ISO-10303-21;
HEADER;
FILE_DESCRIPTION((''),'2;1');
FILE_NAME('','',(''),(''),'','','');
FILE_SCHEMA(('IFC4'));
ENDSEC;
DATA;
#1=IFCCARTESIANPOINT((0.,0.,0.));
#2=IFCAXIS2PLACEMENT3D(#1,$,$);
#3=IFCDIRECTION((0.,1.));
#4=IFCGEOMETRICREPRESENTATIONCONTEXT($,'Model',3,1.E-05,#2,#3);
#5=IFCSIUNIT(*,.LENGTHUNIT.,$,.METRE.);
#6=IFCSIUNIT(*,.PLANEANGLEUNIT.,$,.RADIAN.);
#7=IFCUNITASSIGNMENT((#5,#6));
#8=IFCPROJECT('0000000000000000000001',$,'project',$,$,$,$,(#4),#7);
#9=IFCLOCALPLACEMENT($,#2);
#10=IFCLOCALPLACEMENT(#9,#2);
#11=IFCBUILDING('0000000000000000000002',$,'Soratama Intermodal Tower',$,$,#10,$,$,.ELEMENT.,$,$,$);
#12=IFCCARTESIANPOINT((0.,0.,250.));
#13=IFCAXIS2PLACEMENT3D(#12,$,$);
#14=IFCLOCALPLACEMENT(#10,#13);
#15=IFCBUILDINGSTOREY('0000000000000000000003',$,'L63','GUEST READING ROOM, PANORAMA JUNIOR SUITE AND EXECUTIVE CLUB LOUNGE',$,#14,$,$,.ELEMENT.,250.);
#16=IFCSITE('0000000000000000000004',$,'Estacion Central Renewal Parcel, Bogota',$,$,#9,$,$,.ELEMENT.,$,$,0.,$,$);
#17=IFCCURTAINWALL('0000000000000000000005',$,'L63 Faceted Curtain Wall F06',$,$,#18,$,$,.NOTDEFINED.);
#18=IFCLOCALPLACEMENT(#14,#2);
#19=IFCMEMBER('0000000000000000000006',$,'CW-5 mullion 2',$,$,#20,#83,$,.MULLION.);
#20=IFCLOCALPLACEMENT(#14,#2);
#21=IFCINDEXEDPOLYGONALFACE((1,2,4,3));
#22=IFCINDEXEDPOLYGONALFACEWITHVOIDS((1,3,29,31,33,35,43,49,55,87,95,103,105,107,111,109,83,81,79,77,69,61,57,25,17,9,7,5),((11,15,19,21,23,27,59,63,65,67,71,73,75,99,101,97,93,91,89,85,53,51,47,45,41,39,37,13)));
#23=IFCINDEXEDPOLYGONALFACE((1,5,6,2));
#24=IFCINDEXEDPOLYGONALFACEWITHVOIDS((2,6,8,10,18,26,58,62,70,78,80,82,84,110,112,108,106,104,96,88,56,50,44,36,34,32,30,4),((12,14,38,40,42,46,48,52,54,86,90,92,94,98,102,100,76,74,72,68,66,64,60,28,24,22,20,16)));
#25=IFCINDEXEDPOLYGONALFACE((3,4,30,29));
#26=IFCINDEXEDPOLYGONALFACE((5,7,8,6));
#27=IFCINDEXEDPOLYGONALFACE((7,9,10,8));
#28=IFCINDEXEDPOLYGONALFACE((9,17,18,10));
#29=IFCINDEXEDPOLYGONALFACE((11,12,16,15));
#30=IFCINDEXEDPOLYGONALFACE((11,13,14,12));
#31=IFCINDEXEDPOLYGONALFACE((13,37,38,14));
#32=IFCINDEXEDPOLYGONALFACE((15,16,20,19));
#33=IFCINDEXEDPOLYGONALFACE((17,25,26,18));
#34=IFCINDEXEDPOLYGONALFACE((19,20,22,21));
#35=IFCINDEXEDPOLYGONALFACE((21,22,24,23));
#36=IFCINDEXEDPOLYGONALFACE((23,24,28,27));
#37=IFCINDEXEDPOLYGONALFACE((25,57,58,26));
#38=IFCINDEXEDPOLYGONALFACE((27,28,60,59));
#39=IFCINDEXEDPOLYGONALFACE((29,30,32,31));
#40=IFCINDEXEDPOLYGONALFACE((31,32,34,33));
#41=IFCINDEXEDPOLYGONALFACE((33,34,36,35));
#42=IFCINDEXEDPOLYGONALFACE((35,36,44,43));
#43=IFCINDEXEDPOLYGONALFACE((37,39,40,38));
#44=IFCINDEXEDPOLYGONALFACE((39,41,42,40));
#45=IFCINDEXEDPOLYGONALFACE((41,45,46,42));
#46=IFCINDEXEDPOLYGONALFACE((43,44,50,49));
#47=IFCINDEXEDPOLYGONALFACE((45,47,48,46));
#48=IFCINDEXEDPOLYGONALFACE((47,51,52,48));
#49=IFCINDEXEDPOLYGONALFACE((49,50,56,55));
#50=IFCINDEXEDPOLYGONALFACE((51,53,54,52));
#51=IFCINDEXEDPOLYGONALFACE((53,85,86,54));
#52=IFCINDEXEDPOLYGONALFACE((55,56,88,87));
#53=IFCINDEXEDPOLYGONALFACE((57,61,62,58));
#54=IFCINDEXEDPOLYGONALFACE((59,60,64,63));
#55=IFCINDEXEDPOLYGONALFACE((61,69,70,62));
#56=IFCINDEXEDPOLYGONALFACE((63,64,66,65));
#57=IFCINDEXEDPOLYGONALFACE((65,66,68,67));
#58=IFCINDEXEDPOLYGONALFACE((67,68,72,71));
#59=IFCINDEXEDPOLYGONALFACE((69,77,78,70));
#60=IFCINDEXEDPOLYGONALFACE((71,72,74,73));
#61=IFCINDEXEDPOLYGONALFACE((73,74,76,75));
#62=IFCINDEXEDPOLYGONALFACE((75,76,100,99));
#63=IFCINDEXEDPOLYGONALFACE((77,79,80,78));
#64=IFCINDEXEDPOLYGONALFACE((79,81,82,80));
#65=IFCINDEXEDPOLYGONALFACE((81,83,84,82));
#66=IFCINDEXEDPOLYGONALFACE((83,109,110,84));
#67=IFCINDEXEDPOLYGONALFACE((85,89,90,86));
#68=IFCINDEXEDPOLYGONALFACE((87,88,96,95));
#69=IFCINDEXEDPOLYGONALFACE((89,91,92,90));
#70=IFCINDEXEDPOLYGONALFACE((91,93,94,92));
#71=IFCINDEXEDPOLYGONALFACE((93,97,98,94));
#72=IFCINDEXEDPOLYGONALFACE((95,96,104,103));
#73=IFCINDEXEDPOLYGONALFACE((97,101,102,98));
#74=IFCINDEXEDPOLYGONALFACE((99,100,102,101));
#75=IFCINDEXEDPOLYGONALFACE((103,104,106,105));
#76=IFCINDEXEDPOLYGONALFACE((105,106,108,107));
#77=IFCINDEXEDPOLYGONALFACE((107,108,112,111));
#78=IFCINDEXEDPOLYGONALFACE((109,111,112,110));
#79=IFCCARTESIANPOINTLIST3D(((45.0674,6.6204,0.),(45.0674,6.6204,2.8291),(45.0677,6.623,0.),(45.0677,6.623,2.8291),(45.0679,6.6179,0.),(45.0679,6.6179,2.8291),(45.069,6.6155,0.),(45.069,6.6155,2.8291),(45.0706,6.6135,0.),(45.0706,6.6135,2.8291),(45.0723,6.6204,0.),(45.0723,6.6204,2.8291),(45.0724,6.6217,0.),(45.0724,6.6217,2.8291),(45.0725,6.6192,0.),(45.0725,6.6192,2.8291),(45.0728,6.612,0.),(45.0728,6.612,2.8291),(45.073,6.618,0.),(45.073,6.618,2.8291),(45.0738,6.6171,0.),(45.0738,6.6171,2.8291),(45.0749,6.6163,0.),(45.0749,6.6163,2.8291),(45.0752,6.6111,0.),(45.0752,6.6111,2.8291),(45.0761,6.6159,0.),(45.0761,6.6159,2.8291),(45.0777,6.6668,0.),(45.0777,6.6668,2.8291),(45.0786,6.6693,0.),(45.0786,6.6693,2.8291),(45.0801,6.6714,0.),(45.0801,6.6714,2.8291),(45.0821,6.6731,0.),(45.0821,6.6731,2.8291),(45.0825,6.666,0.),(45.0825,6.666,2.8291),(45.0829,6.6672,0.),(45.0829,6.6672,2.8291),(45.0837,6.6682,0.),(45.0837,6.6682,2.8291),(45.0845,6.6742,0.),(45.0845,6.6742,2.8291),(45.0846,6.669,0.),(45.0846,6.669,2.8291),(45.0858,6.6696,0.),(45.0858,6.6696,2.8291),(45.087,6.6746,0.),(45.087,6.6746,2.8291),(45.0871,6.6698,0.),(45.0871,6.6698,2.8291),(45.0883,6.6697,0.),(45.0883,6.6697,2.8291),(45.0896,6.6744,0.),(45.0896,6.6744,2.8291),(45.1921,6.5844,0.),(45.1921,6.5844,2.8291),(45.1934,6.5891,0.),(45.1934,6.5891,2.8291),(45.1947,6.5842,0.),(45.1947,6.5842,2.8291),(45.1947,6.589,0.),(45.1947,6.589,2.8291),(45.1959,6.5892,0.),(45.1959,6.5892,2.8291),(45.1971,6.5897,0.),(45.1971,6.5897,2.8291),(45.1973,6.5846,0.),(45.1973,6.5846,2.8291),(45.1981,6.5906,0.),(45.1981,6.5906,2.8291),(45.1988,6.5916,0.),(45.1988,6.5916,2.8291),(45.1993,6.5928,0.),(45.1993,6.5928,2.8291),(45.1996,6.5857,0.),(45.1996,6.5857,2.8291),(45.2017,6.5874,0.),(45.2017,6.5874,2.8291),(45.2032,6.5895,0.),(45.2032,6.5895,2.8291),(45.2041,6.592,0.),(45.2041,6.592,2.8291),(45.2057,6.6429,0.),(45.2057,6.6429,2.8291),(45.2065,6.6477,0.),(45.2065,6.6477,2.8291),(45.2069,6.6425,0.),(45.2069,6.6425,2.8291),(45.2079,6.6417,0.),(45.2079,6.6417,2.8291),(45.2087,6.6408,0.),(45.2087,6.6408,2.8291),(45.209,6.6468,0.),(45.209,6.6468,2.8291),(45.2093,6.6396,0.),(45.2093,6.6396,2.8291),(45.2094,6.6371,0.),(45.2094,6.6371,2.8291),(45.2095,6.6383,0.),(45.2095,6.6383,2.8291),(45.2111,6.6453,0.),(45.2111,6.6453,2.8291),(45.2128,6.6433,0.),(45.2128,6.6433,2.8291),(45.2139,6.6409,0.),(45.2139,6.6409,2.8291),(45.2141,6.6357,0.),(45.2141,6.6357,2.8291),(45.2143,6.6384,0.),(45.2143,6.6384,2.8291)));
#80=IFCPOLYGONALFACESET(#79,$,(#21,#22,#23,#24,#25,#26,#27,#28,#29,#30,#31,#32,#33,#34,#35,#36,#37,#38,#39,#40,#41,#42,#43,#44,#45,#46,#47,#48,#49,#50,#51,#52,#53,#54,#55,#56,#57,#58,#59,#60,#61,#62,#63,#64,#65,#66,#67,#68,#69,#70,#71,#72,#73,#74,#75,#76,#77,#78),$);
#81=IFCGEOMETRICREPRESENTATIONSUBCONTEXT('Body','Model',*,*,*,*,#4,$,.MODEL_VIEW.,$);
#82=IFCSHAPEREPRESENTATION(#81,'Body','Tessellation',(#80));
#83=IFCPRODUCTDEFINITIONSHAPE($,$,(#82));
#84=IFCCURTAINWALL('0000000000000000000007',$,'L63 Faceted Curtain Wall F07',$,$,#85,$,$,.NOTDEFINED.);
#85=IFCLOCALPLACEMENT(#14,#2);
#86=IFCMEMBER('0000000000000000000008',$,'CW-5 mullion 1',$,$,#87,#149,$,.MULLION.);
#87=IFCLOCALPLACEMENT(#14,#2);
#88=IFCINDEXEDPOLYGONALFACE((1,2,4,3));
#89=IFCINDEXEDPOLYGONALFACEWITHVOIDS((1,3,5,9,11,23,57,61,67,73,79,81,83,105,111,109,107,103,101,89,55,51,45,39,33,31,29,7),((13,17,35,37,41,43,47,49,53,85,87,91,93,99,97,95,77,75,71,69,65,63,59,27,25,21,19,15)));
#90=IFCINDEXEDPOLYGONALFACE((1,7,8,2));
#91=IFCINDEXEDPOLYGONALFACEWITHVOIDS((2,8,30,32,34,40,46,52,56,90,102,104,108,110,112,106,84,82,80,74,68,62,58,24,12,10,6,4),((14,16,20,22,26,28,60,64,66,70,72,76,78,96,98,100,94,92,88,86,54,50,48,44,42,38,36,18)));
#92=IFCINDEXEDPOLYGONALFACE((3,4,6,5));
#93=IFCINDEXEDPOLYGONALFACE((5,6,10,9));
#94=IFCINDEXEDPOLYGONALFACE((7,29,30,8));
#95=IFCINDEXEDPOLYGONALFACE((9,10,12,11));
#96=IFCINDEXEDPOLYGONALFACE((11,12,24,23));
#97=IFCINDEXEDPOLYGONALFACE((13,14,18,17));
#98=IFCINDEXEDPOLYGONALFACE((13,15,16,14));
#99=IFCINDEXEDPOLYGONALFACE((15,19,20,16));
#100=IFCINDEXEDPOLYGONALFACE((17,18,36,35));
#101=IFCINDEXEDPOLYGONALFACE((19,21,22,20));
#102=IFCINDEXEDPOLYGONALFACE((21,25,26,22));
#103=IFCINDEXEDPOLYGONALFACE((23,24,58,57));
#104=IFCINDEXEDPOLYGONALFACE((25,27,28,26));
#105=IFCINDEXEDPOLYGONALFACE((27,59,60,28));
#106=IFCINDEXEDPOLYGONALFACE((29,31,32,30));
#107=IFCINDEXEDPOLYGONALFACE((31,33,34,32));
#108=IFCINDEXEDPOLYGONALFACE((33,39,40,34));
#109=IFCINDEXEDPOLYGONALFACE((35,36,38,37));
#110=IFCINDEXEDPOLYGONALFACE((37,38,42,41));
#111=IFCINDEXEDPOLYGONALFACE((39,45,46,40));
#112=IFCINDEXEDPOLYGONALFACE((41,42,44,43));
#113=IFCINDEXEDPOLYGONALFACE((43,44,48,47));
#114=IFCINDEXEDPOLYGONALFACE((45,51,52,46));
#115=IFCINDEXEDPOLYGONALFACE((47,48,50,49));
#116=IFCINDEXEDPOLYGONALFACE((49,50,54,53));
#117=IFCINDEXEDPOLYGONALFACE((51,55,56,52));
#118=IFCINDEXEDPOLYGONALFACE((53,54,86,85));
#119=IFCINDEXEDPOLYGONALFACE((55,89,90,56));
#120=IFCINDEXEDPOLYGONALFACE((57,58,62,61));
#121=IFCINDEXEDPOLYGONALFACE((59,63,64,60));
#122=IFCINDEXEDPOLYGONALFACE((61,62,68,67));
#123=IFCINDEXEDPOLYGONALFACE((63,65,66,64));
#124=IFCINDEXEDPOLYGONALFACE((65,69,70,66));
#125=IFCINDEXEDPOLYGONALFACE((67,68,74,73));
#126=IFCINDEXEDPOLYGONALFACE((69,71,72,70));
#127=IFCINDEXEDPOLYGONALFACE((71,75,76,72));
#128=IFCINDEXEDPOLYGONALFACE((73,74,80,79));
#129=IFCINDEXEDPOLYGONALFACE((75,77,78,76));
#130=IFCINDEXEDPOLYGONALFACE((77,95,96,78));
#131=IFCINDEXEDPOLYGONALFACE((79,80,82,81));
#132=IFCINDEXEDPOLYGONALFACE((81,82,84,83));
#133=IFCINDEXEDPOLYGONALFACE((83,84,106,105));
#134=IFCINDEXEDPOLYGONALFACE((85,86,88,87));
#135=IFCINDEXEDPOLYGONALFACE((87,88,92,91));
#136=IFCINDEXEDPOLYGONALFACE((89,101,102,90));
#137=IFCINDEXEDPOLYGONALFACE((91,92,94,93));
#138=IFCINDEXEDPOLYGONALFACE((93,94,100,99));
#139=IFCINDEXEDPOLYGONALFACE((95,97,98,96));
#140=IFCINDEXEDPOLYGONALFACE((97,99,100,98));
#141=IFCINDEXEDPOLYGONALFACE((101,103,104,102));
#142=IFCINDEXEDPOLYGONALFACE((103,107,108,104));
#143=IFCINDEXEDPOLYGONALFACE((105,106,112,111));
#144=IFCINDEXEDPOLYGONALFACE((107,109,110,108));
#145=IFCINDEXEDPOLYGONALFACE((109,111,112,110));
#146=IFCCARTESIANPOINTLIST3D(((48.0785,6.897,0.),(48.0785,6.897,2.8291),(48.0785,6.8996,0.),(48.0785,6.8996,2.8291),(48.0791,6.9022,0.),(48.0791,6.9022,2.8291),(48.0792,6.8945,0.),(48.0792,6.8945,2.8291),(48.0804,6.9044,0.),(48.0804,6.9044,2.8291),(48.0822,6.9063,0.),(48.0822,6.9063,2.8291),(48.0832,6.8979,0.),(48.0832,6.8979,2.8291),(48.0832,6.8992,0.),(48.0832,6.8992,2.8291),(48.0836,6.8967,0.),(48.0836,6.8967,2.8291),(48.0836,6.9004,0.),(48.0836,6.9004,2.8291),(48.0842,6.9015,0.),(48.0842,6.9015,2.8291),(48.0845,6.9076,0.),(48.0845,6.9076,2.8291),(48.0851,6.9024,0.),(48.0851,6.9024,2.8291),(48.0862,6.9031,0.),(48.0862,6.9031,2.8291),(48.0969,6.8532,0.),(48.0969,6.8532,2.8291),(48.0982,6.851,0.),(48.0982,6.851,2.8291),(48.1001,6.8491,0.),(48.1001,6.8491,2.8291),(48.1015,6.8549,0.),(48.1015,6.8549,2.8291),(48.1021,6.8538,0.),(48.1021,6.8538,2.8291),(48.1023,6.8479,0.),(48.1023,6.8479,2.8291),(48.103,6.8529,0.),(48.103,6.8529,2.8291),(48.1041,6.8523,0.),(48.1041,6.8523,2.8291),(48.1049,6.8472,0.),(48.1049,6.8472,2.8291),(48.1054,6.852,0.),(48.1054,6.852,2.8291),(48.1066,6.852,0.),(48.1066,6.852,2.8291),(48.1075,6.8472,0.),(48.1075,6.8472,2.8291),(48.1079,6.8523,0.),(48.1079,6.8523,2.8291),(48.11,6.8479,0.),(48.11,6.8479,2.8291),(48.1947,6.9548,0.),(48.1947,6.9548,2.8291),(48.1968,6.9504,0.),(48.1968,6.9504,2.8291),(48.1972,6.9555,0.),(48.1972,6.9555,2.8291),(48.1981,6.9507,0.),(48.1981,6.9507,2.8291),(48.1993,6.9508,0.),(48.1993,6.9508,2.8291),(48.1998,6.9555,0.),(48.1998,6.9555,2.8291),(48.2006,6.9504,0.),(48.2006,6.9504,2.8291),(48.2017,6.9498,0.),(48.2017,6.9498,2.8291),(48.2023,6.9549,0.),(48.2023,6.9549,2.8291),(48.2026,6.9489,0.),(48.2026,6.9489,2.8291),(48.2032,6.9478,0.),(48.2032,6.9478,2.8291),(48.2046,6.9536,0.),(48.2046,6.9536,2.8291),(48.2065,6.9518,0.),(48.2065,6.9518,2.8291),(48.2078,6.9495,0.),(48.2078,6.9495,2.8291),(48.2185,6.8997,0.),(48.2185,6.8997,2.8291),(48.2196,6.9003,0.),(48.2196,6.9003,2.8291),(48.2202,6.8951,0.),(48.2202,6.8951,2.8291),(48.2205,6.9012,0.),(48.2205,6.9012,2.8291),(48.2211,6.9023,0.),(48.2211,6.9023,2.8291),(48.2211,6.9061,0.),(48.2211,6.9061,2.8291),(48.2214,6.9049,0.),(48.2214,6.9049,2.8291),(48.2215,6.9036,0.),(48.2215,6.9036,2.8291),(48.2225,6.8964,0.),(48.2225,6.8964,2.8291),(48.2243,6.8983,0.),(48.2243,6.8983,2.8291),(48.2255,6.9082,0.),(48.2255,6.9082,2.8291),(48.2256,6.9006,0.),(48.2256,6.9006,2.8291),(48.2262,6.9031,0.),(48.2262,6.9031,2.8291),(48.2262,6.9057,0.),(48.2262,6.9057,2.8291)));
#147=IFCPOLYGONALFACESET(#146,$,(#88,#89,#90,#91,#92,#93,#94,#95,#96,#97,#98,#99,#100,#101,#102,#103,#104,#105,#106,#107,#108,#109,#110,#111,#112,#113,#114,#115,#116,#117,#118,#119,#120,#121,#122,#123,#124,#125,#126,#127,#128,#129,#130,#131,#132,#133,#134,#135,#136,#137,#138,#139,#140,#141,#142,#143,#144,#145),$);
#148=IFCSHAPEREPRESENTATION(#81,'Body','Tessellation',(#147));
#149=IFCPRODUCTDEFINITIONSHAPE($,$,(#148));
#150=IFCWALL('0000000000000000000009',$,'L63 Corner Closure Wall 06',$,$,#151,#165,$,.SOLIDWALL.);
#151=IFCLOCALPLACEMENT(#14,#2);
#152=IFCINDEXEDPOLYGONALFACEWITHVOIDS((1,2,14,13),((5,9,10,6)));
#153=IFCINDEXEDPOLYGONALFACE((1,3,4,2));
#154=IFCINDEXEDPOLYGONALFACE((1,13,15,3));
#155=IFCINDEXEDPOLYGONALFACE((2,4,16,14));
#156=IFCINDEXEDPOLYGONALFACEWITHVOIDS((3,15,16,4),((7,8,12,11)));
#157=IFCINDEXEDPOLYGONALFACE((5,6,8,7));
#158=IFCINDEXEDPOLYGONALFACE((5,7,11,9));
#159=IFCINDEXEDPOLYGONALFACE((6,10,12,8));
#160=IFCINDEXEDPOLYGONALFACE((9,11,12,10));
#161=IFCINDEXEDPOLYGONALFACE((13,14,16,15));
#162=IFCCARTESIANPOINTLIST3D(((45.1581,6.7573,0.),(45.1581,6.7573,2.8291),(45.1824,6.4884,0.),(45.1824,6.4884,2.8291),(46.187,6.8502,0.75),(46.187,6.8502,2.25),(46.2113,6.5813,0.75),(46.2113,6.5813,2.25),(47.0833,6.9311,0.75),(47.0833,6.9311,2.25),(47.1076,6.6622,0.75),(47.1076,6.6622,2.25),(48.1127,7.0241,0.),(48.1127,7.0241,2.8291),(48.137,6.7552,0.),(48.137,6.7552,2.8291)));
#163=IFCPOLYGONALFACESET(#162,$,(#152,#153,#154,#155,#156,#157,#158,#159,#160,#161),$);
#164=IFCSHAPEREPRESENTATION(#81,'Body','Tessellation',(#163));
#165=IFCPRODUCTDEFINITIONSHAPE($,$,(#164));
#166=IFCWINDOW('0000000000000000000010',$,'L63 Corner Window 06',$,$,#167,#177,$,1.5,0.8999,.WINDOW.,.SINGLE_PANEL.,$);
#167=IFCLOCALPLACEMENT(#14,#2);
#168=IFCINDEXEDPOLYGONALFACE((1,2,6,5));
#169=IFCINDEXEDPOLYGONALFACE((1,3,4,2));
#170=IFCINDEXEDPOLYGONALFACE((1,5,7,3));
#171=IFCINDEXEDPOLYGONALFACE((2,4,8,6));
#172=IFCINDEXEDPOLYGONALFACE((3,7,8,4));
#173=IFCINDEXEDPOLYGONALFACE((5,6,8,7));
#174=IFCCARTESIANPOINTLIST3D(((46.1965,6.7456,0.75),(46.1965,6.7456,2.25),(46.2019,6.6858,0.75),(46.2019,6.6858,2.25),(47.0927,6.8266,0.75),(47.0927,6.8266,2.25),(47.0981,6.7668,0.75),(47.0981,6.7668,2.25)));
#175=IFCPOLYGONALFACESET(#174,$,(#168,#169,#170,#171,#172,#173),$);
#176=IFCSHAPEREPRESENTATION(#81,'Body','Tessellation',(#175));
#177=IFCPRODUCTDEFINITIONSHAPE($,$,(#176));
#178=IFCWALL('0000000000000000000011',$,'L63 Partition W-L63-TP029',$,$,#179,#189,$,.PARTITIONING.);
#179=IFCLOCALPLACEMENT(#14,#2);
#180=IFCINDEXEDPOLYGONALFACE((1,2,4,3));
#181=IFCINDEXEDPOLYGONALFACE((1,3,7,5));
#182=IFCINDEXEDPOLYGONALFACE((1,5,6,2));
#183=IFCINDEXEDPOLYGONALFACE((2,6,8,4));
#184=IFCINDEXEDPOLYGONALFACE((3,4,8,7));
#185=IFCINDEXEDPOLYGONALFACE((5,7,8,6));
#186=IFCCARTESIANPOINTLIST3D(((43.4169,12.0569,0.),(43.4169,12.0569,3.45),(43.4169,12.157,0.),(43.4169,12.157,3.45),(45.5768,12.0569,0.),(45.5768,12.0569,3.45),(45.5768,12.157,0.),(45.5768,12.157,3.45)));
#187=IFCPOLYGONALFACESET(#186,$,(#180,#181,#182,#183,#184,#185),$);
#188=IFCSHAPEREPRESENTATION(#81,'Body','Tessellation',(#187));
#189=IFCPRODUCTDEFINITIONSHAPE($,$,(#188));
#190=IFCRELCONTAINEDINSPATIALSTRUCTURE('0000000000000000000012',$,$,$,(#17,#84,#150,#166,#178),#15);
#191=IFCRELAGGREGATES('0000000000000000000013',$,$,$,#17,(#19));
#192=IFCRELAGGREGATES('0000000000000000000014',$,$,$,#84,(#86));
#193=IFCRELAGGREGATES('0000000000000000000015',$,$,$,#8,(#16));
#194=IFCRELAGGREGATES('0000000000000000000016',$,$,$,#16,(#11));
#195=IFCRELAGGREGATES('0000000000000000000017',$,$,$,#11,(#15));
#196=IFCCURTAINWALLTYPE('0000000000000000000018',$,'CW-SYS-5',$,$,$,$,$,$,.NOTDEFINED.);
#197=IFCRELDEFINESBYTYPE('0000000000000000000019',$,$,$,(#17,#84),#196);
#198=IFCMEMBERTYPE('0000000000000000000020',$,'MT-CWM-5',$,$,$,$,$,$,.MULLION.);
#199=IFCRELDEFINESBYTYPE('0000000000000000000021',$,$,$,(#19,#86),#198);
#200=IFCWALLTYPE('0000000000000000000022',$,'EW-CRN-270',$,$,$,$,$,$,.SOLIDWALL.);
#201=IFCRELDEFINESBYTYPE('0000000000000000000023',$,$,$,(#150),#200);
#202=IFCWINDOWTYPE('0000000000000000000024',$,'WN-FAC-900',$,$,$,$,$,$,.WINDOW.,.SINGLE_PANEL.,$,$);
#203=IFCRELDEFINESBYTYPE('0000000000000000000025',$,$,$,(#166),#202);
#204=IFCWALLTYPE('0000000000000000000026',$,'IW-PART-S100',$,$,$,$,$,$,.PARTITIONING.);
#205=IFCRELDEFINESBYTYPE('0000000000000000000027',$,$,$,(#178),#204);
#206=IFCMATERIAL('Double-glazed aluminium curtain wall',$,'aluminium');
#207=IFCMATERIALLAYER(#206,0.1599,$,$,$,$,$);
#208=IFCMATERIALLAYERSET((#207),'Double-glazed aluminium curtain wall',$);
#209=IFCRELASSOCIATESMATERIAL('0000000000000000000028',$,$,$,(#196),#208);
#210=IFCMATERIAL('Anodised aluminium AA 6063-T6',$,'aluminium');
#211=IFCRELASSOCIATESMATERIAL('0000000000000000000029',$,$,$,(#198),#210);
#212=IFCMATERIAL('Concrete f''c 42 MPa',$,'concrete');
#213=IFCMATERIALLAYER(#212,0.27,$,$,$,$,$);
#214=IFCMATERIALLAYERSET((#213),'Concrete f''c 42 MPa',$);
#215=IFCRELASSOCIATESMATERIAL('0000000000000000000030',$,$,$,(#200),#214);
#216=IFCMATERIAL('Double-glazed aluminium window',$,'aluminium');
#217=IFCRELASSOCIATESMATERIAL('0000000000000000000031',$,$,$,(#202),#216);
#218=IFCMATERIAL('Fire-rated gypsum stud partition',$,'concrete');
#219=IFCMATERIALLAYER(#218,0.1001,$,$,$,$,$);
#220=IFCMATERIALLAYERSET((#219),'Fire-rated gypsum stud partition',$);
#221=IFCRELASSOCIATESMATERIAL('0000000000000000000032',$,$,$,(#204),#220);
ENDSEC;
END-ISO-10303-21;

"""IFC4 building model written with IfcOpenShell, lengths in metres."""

from ifc_helpers import new_model, si_unit, direction, frame, frame_2d, origin, origin_2d, place, context, subcontext, project, spatial, rectangle, hollow_rectangle, extrude, material, layer, layer_set, material_profile, profile_set, type_object, element, fill, aggregate, save


model = new_model("IFC4")

# Units and contexts
model_context = context("Model", 3, precision=1e-05, world=origin(), true_north=direction((0.0, 1.0)))
body_context = subcontext(model_context, "Body", "Model", "MODEL_VIEW")
ifc_project = project(units=[si_unit("LENGTHUNIT", "METRE"), si_unit("PLANEANGLEUNIT", "RADIAN")], contexts=[model_context])

# Site, building, storey
site_placement = place(None, origin())
site = spatial("IfcSite", under=ifc_project, at=site_placement, Name="Estacion Central Renewal Parcel, Bogota", CompositionType="ELEMENT", RefElevation=0.0)
building_placement = place(site_placement, origin())
building = spatial("IfcBuilding", under=site, at=building_placement, Name="Soratama Intermodal Tower", CompositionType="ELEMENT")
storey_placement = place(building_placement, frame((0.0, 0.0, 250.0)))
storey = spatial("IfcBuildingStorey", under=building, at=storey_placement, Name="L63", Description="GUEST READING ROOM, PANORAMA JUNIOR SUITE AND EXECUTIVE CLUB LOUNGE", CompositionType="ELEMENT", Elevation=250.0)

# Curtain walls, members
ifc_material_1 = material(Name="Double-glazed aluminium curtain wall", Category="aluminium")
ifc_layer_1 = layer(ifc_material_1, 0.1599)
ifc_layer_set_1 = layer_set([ifc_layer_1], Name="Double-glazed aluminium curtain wall")
curtain_wall_type = type_object("IfcCurtainWallType", Name="CW-SYS-5", PredefinedType="NOTDEFINED", material=ifc_layer_set_1)
curtain_wall_1_placement = place(storey_placement, origin())
curtain_wall_1 = element("IfcCurtainWall", 1, at=curtain_wall_1_placement, inside=storey, type_object=curtain_wall_type, Name="L63 Faceted Curtain Wall F06", PredefinedType="NOTDEFINED")
ifc_material_2 = material(Name="Anodised aluminium AA 6063-T6", Category="aluminium")
ifc_material_profile_1 = material_profile(ifc_material_2, hollow_rectangle(XDim=0.0649, YDim=0.1399, WallThickness=0.0049, InnerFilletRadius=0.0049, OuterFilletRadius=0.01, at=origin_2d()), Name="CWM140X65X5")
ifc_profile_set_1 = profile_set([ifc_material_profile_1], Name="Anodised aluminium AA 6063-T6")
member_type = type_object("IfcMemberType", Name="MT-CWM-5", PredefinedType="MULLION", material=ifc_profile_set_1)
member_1_placement = place(storey_placement, frame((45.1409, 6.6294, 0.0), z_axis=(0.0, 0.0, 1.0), x_axis=(0.222228, 0.974995, 0.0)))
member_1 = element("IfcMember", 2, at=member_1_placement, type_object=member_type, Name="CW-5 mullion 2", PredefinedType="MULLION", context=body_context, shape_type="SweptSolid", body=[
    extrude(hollow_rectangle(XDim=0.0649, YDim=0.1399, WallThickness=0.0049, InnerFilletRadius=0.0049, OuterFilletRadius=0.01, at=origin_2d()), origin(), (0.0, 0.0, 1.0), 2.8291),
])
aggregate(curtain_wall_1, [member_1])
curtain_wall_2_placement = place(storey_placement, origin())
curtain_wall_2 = element("IfcCurtainWall", 3, at=curtain_wall_2_placement, inside=storey, type_object=curtain_wall_type, Name="L63 Faceted Curtain Wall F07", PredefinedType="NOTDEFINED")
member_2_placement = place(storey_placement, frame((48.1523, 6.9014, 0.0), z_axis=(0.0, 0.0, 1.0), x_axis=(-0.393299, 0.919411, 0.0)))
member_2 = element("IfcMember", 4, at=member_2_placement, type_object=member_type, Name="CW-5 mullion 1", PredefinedType="MULLION", context=body_context, shape_type="SweptSolid", body=[
    extrude(hollow_rectangle(XDim=0.0649, YDim=0.1399, WallThickness=0.0049, InnerFilletRadius=0.0049, OuterFilletRadius=0.01, at=origin_2d()), origin(), (0.0, 0.0, 1.0), 2.8291),
])
aggregate(curtain_wall_2, [member_2])

# Wall, opening, window
ifc_material_3 = material(Name="Concrete f'c 42 MPa", Category="concrete")
ifc_layer_2 = layer(ifc_material_3, 0.27)
ifc_layer_set_2 = layer_set([ifc_layer_2], Name="Concrete f'c 42 MPa")
wall_type_1 = type_object("IfcWallType", Name="EW-CRN-270", PredefinedType="SOLIDWALL", material=ifc_layer_set_2)
wall_1_placement = place(storey_placement, frame((45.1702, 6.6228, 0.0), z_axis=(0.0, 0.0, 1.0), x_axis=(0.995946, 0.08995, 0.0)))
wall_1 = element("IfcWall", 5, at=wall_1_placement, inside=storey, type_object=wall_type_1, Name="L63 Corner Closure Wall 06", PredefinedType="SOLIDWALL", context=body_context, shape_type="SweptSolid", body=[
    extrude(rectangle(XDim=2.9666, YDim=0.27, at=frame_2d((1.4834, 0.0))), origin(), (0.0, 0.0, 1.0), 2.8291),
])
opening_1_placement = place(wall_1_placement, frame((1.0332, 0.0, 0.75)))
opening_1 = element("IfcOpeningElement", 6, at=opening_1_placement, cuts=wall_1, PredefinedType="OPENING", context=body_context, shape_type="SweptSolid", body=[
    extrude(rectangle(XDim=0.8999, YDim=1.5, at=frame_2d((0.45, 0.75))), frame((0.0, 0.145, 0.0), z_axis=(0.0, -1.0, 0.0), x_axis=(1.0, 0.0, 0.0)), (0.0, 0.0, 1.0), 0.29),
])
ifc_material_4 = material(Name="Double-glazed aluminium window", Category="aluminium")
window_type = type_object("IfcWindowType", Name="WN-FAC-900", PartitioningType="SINGLE_PANEL", PredefinedType="WINDOW", material=ifc_material_4)
window_placement = place(opening_1_placement, origin())
window = element("IfcWindow", 7, at=window_placement, inside=storey, type_object=window_type, Name="L63 Corner Window 06", OverallHeight=1.5, OverallWidth=0.8999, PartitioningType="SINGLE_PANEL", PredefinedType="WINDOW", context=body_context, shape_type="SweptSolid", body=[
    extrude(rectangle(XDim=0.8999, YDim=1.5, at=frame_2d((0.45, 0.75))), frame((0.0, 0.03, 0.0), z_axis=(0.0, -1.0, 0.0), x_axis=(1.0, 0.0, 0.0)), (0.0, 0.0, 1.0), 0.0601),
])
fill(opening_1, window)

# Wall
ifc_material_5 = material(Name="Fire-rated gypsum stud partition", Category="concrete")
ifc_layer_3 = layer(ifc_material_5, 0.1001)
ifc_layer_set_3 = layer_set([ifc_layer_3], Name="Fire-rated gypsum stud partition")
wall_type_2 = type_object("IfcWallType", Name="IW-PART-S100", PredefinedType="PARTITIONING", material=ifc_layer_set_3)
wall_2_placement = place(storey_placement, frame((45.5769, 12.1069, 0.0), z_axis=(0.0, 0.0, 1.0), x_axis=(-1.0, 0.0, 0.0)))
element("IfcWall", 8, at=wall_2_placement, inside=storey, type_object=wall_type_2, Name="L63 Partition W-L63-TP029", PredefinedType="PARTITIONING", context=body_context, shape_type="SweptSolid", body=[
    extrude(rectangle(XDim=2.1599, YDim=0.1001, at=frame_2d((1.0801, 0.0))), origin(), (0.0, 0.0, 1.0), 3.45),
])

save(model, "model.ifc")
